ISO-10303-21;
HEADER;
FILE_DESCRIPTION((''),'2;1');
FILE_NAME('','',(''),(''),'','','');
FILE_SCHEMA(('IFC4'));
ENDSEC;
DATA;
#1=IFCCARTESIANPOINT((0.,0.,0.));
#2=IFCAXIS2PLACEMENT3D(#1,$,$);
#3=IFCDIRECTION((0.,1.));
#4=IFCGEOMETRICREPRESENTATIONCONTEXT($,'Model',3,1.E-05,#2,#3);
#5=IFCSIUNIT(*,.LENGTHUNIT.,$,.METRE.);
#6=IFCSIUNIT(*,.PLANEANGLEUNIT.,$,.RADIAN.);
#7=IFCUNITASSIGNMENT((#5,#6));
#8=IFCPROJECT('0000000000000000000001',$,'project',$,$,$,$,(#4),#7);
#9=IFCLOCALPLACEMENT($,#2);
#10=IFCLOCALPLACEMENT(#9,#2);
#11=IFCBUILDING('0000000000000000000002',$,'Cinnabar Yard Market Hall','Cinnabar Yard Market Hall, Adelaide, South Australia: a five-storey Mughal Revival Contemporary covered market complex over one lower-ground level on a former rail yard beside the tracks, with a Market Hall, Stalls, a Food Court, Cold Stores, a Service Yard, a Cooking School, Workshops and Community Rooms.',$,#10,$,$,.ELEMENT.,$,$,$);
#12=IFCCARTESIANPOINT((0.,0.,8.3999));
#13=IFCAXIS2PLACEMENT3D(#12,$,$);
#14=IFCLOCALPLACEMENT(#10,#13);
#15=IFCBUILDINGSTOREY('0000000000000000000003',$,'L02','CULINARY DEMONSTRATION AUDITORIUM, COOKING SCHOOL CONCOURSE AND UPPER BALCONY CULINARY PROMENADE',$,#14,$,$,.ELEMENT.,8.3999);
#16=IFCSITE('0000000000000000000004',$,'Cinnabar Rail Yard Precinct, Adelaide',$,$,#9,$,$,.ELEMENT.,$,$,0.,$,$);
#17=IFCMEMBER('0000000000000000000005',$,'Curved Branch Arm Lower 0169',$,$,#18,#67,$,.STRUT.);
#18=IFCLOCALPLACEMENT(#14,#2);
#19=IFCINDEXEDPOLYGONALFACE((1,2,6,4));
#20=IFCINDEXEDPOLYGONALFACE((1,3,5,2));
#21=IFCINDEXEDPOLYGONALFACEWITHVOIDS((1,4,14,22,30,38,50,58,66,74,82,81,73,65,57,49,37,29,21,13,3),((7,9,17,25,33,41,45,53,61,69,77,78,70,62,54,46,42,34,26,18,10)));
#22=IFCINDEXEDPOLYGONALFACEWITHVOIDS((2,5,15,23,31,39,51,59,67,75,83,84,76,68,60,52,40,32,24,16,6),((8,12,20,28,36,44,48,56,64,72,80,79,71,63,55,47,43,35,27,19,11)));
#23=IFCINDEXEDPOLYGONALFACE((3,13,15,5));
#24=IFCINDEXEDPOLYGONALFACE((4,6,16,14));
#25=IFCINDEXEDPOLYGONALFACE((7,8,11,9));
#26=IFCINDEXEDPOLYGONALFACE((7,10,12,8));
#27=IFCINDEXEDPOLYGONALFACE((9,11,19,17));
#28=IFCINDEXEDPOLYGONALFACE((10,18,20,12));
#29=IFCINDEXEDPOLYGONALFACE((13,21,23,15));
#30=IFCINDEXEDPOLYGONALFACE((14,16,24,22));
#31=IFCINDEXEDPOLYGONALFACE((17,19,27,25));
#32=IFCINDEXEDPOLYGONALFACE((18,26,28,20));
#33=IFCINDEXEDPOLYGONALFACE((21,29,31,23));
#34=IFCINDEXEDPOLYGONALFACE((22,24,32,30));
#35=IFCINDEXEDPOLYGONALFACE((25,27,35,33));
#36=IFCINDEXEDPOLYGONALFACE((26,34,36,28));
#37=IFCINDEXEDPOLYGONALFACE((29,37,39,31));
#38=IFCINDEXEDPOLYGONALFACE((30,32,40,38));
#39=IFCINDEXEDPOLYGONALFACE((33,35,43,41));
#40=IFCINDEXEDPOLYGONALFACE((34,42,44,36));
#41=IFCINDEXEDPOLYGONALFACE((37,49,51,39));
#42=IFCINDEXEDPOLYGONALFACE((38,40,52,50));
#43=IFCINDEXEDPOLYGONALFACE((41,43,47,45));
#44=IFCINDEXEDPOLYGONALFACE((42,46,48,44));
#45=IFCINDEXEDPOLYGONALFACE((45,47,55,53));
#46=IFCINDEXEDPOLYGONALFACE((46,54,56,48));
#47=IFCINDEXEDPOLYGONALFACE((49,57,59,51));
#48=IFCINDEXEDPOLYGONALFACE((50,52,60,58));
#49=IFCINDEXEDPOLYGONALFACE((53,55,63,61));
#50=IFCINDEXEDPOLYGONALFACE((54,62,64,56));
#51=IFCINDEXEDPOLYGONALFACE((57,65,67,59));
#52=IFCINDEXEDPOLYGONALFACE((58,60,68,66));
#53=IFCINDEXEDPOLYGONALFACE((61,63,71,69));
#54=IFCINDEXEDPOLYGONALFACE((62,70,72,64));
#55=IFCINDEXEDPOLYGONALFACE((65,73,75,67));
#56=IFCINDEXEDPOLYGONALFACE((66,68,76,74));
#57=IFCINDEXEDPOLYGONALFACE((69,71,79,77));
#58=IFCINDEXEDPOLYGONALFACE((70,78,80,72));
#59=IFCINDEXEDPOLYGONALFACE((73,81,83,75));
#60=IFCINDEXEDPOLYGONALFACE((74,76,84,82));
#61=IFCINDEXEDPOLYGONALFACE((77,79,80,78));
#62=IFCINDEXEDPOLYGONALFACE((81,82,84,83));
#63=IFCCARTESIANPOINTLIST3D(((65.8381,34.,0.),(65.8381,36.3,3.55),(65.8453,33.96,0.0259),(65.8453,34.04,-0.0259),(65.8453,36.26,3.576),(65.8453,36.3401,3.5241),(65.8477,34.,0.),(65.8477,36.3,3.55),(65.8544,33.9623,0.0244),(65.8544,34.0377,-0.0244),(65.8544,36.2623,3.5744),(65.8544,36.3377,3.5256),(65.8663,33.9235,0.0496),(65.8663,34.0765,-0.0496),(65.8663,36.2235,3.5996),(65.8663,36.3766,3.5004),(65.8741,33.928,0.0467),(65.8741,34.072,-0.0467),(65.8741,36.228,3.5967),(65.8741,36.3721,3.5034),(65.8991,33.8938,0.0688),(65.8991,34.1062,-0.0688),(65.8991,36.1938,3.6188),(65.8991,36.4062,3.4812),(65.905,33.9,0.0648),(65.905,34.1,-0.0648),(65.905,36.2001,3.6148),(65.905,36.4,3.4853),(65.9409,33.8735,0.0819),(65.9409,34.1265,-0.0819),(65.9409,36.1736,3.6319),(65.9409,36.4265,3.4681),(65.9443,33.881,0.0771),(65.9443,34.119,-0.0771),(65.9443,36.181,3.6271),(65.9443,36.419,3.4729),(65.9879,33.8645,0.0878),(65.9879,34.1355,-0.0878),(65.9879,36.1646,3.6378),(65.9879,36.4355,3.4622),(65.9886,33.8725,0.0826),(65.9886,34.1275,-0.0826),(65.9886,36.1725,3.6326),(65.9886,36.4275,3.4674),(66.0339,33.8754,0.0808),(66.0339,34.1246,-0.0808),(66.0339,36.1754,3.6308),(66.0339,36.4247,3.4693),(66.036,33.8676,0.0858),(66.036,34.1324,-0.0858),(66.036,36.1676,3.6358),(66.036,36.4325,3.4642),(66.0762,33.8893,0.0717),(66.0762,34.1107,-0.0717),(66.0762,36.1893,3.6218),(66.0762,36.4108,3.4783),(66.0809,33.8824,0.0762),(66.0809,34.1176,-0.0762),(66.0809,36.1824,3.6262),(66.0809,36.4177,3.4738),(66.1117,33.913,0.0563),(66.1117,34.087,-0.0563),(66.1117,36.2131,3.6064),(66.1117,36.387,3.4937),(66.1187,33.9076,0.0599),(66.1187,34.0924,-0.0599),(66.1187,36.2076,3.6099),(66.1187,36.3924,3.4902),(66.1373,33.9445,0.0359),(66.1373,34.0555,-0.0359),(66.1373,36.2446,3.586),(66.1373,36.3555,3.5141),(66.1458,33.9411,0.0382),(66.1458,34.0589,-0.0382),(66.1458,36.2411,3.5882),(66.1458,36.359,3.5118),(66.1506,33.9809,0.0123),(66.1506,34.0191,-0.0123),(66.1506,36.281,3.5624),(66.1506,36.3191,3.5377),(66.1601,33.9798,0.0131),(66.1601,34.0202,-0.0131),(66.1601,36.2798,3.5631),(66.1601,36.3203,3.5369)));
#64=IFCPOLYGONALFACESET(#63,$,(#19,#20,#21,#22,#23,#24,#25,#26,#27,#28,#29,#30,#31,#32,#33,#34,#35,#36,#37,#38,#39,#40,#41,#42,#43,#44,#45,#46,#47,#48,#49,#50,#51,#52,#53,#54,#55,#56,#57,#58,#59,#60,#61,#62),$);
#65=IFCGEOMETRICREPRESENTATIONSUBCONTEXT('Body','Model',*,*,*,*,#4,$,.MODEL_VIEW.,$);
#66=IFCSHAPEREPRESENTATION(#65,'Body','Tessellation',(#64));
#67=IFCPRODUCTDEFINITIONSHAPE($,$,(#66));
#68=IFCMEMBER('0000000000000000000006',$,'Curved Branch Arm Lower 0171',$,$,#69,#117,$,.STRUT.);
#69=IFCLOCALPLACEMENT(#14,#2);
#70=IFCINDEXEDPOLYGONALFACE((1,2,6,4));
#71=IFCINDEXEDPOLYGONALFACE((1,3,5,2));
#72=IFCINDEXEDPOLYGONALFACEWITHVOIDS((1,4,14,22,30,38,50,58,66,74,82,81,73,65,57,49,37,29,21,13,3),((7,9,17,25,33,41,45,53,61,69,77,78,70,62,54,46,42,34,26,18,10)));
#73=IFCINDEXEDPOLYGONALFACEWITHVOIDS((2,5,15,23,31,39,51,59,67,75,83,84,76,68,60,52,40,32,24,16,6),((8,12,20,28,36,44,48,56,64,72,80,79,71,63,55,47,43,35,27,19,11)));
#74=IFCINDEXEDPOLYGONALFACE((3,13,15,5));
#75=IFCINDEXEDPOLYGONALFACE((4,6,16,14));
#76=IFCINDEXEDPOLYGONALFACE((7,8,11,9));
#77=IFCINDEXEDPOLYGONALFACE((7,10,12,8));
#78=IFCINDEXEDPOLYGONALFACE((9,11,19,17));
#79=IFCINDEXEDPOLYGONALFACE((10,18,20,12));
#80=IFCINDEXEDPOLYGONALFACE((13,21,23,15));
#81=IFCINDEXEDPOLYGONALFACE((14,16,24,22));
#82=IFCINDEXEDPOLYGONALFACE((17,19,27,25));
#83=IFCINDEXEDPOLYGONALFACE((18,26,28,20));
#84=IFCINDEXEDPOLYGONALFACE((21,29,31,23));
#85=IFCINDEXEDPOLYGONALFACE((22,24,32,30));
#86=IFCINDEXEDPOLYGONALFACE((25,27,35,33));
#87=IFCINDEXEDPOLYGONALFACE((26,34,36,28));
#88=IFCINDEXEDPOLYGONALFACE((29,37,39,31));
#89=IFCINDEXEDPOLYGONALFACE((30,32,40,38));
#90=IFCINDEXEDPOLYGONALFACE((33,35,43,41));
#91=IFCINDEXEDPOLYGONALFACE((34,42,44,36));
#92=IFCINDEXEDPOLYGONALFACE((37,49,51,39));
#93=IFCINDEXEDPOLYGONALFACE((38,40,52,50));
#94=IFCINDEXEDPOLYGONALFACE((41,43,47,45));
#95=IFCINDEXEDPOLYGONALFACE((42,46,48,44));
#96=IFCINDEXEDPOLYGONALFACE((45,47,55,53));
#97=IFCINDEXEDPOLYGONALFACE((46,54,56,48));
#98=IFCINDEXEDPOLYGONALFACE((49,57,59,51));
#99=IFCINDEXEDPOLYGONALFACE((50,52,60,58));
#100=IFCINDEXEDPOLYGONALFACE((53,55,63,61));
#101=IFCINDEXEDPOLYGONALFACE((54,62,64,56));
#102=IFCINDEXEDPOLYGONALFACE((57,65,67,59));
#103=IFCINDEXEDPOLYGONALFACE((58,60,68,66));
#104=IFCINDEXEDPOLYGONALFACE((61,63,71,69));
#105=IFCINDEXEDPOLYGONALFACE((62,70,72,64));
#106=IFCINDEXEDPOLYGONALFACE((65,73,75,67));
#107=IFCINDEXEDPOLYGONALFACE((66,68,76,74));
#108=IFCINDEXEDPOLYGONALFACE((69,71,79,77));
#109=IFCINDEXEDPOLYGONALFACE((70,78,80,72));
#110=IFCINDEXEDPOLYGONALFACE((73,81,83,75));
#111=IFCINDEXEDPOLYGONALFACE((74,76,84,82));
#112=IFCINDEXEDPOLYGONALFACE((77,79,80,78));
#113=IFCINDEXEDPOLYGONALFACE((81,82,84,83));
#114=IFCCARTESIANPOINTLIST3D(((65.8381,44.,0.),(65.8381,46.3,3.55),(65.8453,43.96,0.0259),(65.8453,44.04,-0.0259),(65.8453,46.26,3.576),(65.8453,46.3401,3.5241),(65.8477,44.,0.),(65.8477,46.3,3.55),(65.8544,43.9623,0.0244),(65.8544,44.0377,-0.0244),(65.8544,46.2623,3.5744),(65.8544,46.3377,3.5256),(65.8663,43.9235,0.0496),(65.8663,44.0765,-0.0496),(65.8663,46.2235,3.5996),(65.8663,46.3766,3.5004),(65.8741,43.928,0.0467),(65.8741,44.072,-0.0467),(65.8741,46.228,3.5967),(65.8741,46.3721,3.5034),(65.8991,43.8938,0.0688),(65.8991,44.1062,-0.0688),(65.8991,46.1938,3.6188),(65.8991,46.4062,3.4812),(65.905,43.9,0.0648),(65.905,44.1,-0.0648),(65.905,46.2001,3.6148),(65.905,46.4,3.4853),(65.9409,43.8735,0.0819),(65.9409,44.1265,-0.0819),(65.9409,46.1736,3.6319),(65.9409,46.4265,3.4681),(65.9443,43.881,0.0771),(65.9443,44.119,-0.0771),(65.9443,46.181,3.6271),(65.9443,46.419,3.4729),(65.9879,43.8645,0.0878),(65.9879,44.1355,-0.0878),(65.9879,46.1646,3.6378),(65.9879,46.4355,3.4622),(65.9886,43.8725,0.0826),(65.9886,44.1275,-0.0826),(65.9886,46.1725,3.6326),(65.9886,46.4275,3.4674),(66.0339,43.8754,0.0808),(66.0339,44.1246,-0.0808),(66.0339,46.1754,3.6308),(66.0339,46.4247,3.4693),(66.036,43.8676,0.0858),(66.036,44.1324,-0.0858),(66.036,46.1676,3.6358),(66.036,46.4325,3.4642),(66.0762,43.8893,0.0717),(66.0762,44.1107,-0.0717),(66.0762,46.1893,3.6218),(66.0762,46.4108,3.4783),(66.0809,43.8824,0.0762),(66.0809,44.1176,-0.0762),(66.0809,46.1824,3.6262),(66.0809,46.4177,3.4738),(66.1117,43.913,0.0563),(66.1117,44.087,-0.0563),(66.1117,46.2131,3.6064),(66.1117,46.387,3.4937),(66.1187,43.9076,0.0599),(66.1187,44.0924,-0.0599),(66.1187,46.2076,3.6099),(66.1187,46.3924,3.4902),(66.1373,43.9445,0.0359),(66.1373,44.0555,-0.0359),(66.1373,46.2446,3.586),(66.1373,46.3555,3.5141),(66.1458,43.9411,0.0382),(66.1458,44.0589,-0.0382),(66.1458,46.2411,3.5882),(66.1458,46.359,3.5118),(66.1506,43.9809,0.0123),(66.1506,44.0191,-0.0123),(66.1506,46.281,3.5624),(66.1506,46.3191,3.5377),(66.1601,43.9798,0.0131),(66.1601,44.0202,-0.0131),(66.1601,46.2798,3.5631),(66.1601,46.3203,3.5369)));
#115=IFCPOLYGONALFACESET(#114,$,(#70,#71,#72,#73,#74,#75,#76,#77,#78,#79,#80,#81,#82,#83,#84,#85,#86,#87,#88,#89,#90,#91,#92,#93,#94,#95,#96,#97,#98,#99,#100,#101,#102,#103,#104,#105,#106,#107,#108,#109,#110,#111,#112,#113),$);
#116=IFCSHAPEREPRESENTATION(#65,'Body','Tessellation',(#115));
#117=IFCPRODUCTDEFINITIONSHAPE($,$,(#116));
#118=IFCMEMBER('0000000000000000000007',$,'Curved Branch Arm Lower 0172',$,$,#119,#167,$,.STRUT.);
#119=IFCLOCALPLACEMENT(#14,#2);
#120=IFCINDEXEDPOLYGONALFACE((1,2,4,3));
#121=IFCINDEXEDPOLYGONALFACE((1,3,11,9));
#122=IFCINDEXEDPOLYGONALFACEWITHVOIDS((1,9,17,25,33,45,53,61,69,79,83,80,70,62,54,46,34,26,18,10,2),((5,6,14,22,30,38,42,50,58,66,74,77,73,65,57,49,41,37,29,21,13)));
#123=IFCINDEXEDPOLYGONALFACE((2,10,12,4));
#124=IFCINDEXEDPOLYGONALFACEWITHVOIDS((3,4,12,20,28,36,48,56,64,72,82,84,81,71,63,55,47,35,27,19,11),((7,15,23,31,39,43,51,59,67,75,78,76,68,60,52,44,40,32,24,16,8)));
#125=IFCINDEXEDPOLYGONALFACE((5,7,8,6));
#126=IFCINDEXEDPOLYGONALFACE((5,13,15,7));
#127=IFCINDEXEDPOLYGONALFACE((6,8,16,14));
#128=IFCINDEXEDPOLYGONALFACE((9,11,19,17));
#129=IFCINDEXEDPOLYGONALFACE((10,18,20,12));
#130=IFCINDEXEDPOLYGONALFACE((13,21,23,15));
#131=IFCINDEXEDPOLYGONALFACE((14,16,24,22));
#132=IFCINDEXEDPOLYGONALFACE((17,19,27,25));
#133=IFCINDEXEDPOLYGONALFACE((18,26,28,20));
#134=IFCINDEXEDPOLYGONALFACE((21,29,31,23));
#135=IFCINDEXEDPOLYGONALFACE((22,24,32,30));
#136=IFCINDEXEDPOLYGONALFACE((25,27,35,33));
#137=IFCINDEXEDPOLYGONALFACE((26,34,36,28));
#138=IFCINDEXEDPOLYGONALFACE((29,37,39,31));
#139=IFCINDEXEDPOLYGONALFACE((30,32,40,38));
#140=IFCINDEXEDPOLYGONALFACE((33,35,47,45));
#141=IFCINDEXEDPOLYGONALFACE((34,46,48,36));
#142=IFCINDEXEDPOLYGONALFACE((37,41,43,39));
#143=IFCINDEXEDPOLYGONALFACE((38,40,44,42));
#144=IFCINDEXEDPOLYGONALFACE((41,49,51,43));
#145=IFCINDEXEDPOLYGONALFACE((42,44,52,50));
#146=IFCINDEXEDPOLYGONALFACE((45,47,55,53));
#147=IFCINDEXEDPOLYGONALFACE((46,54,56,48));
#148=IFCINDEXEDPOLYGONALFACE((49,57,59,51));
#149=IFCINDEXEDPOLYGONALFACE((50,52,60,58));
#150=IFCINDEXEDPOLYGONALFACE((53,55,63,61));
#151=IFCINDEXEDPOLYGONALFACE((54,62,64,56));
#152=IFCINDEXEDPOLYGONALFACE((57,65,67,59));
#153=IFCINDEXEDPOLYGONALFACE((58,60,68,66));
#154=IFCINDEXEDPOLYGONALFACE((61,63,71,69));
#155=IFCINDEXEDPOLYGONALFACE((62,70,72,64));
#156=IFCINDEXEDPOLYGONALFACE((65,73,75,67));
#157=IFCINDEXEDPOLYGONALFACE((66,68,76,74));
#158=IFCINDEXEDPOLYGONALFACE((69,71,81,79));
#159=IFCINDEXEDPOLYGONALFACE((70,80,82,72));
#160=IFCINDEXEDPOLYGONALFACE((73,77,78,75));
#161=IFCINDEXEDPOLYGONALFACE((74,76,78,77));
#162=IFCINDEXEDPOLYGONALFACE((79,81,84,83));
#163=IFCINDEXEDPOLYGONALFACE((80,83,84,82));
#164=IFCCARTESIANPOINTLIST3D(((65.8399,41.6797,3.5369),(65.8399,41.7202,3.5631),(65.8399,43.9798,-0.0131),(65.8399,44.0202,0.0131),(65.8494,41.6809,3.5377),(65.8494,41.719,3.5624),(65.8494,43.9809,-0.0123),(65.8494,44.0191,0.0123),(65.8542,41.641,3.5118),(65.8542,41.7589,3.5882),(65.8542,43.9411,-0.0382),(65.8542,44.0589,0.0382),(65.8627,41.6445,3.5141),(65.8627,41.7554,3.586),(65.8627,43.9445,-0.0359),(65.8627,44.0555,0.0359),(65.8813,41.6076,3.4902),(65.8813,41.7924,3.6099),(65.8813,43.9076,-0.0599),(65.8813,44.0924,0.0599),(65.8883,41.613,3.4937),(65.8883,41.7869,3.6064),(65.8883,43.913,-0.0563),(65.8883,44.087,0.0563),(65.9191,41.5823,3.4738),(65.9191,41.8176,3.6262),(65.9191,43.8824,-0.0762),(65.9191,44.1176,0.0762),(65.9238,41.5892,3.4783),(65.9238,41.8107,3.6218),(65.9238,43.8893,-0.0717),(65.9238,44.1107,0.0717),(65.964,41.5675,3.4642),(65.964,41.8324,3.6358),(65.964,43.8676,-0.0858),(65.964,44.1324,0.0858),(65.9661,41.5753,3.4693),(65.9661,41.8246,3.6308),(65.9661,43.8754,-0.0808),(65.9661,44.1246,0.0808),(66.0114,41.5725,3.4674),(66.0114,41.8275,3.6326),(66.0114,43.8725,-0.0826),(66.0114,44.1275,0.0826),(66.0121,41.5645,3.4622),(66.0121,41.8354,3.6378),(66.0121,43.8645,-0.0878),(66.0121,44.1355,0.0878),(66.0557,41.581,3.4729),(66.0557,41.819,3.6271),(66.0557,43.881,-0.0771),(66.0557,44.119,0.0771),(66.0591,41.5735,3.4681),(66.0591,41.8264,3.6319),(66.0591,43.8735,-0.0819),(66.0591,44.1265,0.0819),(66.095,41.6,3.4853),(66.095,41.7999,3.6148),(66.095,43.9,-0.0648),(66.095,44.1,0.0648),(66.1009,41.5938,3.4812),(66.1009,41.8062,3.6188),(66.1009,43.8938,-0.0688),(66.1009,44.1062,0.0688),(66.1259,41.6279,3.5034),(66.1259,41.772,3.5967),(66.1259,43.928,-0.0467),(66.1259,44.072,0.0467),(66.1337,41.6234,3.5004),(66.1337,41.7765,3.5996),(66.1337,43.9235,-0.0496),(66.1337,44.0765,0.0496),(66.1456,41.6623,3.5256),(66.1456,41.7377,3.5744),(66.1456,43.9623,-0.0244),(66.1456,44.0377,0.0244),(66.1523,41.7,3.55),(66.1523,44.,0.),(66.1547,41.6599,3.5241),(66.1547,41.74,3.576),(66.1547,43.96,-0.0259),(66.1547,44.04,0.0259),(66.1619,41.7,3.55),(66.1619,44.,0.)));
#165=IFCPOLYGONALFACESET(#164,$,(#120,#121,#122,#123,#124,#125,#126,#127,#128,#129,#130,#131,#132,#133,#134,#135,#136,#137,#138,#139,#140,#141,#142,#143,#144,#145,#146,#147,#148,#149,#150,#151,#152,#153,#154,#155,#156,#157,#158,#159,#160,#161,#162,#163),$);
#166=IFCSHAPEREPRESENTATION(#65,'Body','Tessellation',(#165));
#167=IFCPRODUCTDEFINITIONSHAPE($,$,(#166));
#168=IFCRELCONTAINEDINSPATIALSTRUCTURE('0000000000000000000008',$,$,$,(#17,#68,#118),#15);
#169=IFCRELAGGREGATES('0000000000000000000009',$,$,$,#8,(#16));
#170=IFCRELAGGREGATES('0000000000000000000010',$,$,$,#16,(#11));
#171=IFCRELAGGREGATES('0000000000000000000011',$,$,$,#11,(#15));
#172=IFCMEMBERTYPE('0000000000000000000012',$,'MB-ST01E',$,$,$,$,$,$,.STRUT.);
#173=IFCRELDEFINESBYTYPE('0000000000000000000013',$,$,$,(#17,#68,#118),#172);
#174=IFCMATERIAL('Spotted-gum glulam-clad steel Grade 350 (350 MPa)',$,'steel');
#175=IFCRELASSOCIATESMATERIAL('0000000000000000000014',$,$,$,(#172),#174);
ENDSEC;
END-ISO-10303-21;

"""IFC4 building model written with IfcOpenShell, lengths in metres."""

from ifc_helpers import new_model, si_unit, direction, frame, origin, origin_2d_with_axis, place, context, subcontext, project, spatial, hollow_circle, extrude, material, material_profile, profile_set, type_object, element, save


model = new_model("IFC4")

# Units and contexts
model_context = context("Model", 3, precision=1e-05, world=origin(), true_north=direction((0.0, 1.0)))
body_context = subcontext(model_context, "Body", "Model", "MODEL_VIEW")
ifc_project = project(units=[si_unit("LENGTHUNIT", "METRE"), si_unit("PLANEANGLEUNIT", "RADIAN")], contexts=[model_context])

# Site, building, storey
site_placement = place(None, origin())
site = spatial("IfcSite", under=ifc_project, at=site_placement, Name="Cinnabar Rail Yard Precinct, Adelaide", CompositionType="ELEMENT", RefElevation=0.0)
building_placement = place(site_placement, origin())
building = spatial("IfcBuilding", under=site, at=building_placement, Name="Cinnabar Yard Market Hall", Description="Cinnabar Yard Market Hall, Adelaide, South Australia: a five-storey Mughal Revival Contemporary covered market complex over one lower-ground level on a former rail yard beside the tracks, with a Market Hall, Stalls, a Food Court, Cold Stores, a Service Yard, a Cooking School, Workshops and Community Rooms.", CompositionType="ELEMENT")
storey_placement = place(building_placement, frame((0.0, 0.0, 8.3999)))
storey = spatial("IfcBuildingStorey", under=building, at=storey_placement, Name="L02", Description="CULINARY DEMONSTRATION AUDITORIUM, COOKING SCHOOL CONCOURSE AND UPPER BALCONY CULINARY PROMENADE", CompositionType="ELEMENT", Elevation=8.3999)

# Shared definitions
ifc_material_1 = material(Name="Spotted-gum glulam-clad steel Grade 350 (350 MPa)", Category="steel")

# Members
ifc_material_profile_1 = material_profile(ifc_material_1, hollow_circle(Radius=0.1619, WallThickness=0.0095, at=origin_2d_with_axis()), Name="323.9x9.5CHS")
ifc_profile_set_1 = profile_set([ifc_material_profile_1], Name="Spotted-gum glulam-clad steel Grade 350 (350 MPa)")
member_type_1 = type_object("IfcMemberType", Name="MB-ST01E", PredefinedType="STRUT", material=ifc_profile_set_1)
for number, where, z_axis, x_axis, name in (
    (1, (66.0, 34.0, 0.0), (0.0, 0.543744, 0.839251), (-1.0, 0.0, 0.0), "Curved Branch Arm Lower 0169"),
    (2, (66.0, 44.0, 0.0), (0.0, 0.543744, 0.839251), (-1.0, 0.0, 0.0), "Curved Branch Arm Lower 0171"),
    (3, (66.0, 44.0, 0.0), (0.0, -0.543744, 0.839251), (1.0, 0.0, 0.0), "Curved Branch Arm Lower 0172"),
):
    element("IfcMember", number, at=place(storey_placement, frame(where, z_axis=z_axis, x_axis=x_axis)), inside=storey, type_object=member_type_1, Name=name, PredefinedType="STRUT", context=body_context, shape_type="SweptSolid", body=[
        extrude(hollow_circle(Radius=0.1619, WallThickness=0.0095, at=origin_2d_with_axis()), origin(), (0.0, 0.0, 1.0), 4.23),
    ])

save(model, "model.ifc")
